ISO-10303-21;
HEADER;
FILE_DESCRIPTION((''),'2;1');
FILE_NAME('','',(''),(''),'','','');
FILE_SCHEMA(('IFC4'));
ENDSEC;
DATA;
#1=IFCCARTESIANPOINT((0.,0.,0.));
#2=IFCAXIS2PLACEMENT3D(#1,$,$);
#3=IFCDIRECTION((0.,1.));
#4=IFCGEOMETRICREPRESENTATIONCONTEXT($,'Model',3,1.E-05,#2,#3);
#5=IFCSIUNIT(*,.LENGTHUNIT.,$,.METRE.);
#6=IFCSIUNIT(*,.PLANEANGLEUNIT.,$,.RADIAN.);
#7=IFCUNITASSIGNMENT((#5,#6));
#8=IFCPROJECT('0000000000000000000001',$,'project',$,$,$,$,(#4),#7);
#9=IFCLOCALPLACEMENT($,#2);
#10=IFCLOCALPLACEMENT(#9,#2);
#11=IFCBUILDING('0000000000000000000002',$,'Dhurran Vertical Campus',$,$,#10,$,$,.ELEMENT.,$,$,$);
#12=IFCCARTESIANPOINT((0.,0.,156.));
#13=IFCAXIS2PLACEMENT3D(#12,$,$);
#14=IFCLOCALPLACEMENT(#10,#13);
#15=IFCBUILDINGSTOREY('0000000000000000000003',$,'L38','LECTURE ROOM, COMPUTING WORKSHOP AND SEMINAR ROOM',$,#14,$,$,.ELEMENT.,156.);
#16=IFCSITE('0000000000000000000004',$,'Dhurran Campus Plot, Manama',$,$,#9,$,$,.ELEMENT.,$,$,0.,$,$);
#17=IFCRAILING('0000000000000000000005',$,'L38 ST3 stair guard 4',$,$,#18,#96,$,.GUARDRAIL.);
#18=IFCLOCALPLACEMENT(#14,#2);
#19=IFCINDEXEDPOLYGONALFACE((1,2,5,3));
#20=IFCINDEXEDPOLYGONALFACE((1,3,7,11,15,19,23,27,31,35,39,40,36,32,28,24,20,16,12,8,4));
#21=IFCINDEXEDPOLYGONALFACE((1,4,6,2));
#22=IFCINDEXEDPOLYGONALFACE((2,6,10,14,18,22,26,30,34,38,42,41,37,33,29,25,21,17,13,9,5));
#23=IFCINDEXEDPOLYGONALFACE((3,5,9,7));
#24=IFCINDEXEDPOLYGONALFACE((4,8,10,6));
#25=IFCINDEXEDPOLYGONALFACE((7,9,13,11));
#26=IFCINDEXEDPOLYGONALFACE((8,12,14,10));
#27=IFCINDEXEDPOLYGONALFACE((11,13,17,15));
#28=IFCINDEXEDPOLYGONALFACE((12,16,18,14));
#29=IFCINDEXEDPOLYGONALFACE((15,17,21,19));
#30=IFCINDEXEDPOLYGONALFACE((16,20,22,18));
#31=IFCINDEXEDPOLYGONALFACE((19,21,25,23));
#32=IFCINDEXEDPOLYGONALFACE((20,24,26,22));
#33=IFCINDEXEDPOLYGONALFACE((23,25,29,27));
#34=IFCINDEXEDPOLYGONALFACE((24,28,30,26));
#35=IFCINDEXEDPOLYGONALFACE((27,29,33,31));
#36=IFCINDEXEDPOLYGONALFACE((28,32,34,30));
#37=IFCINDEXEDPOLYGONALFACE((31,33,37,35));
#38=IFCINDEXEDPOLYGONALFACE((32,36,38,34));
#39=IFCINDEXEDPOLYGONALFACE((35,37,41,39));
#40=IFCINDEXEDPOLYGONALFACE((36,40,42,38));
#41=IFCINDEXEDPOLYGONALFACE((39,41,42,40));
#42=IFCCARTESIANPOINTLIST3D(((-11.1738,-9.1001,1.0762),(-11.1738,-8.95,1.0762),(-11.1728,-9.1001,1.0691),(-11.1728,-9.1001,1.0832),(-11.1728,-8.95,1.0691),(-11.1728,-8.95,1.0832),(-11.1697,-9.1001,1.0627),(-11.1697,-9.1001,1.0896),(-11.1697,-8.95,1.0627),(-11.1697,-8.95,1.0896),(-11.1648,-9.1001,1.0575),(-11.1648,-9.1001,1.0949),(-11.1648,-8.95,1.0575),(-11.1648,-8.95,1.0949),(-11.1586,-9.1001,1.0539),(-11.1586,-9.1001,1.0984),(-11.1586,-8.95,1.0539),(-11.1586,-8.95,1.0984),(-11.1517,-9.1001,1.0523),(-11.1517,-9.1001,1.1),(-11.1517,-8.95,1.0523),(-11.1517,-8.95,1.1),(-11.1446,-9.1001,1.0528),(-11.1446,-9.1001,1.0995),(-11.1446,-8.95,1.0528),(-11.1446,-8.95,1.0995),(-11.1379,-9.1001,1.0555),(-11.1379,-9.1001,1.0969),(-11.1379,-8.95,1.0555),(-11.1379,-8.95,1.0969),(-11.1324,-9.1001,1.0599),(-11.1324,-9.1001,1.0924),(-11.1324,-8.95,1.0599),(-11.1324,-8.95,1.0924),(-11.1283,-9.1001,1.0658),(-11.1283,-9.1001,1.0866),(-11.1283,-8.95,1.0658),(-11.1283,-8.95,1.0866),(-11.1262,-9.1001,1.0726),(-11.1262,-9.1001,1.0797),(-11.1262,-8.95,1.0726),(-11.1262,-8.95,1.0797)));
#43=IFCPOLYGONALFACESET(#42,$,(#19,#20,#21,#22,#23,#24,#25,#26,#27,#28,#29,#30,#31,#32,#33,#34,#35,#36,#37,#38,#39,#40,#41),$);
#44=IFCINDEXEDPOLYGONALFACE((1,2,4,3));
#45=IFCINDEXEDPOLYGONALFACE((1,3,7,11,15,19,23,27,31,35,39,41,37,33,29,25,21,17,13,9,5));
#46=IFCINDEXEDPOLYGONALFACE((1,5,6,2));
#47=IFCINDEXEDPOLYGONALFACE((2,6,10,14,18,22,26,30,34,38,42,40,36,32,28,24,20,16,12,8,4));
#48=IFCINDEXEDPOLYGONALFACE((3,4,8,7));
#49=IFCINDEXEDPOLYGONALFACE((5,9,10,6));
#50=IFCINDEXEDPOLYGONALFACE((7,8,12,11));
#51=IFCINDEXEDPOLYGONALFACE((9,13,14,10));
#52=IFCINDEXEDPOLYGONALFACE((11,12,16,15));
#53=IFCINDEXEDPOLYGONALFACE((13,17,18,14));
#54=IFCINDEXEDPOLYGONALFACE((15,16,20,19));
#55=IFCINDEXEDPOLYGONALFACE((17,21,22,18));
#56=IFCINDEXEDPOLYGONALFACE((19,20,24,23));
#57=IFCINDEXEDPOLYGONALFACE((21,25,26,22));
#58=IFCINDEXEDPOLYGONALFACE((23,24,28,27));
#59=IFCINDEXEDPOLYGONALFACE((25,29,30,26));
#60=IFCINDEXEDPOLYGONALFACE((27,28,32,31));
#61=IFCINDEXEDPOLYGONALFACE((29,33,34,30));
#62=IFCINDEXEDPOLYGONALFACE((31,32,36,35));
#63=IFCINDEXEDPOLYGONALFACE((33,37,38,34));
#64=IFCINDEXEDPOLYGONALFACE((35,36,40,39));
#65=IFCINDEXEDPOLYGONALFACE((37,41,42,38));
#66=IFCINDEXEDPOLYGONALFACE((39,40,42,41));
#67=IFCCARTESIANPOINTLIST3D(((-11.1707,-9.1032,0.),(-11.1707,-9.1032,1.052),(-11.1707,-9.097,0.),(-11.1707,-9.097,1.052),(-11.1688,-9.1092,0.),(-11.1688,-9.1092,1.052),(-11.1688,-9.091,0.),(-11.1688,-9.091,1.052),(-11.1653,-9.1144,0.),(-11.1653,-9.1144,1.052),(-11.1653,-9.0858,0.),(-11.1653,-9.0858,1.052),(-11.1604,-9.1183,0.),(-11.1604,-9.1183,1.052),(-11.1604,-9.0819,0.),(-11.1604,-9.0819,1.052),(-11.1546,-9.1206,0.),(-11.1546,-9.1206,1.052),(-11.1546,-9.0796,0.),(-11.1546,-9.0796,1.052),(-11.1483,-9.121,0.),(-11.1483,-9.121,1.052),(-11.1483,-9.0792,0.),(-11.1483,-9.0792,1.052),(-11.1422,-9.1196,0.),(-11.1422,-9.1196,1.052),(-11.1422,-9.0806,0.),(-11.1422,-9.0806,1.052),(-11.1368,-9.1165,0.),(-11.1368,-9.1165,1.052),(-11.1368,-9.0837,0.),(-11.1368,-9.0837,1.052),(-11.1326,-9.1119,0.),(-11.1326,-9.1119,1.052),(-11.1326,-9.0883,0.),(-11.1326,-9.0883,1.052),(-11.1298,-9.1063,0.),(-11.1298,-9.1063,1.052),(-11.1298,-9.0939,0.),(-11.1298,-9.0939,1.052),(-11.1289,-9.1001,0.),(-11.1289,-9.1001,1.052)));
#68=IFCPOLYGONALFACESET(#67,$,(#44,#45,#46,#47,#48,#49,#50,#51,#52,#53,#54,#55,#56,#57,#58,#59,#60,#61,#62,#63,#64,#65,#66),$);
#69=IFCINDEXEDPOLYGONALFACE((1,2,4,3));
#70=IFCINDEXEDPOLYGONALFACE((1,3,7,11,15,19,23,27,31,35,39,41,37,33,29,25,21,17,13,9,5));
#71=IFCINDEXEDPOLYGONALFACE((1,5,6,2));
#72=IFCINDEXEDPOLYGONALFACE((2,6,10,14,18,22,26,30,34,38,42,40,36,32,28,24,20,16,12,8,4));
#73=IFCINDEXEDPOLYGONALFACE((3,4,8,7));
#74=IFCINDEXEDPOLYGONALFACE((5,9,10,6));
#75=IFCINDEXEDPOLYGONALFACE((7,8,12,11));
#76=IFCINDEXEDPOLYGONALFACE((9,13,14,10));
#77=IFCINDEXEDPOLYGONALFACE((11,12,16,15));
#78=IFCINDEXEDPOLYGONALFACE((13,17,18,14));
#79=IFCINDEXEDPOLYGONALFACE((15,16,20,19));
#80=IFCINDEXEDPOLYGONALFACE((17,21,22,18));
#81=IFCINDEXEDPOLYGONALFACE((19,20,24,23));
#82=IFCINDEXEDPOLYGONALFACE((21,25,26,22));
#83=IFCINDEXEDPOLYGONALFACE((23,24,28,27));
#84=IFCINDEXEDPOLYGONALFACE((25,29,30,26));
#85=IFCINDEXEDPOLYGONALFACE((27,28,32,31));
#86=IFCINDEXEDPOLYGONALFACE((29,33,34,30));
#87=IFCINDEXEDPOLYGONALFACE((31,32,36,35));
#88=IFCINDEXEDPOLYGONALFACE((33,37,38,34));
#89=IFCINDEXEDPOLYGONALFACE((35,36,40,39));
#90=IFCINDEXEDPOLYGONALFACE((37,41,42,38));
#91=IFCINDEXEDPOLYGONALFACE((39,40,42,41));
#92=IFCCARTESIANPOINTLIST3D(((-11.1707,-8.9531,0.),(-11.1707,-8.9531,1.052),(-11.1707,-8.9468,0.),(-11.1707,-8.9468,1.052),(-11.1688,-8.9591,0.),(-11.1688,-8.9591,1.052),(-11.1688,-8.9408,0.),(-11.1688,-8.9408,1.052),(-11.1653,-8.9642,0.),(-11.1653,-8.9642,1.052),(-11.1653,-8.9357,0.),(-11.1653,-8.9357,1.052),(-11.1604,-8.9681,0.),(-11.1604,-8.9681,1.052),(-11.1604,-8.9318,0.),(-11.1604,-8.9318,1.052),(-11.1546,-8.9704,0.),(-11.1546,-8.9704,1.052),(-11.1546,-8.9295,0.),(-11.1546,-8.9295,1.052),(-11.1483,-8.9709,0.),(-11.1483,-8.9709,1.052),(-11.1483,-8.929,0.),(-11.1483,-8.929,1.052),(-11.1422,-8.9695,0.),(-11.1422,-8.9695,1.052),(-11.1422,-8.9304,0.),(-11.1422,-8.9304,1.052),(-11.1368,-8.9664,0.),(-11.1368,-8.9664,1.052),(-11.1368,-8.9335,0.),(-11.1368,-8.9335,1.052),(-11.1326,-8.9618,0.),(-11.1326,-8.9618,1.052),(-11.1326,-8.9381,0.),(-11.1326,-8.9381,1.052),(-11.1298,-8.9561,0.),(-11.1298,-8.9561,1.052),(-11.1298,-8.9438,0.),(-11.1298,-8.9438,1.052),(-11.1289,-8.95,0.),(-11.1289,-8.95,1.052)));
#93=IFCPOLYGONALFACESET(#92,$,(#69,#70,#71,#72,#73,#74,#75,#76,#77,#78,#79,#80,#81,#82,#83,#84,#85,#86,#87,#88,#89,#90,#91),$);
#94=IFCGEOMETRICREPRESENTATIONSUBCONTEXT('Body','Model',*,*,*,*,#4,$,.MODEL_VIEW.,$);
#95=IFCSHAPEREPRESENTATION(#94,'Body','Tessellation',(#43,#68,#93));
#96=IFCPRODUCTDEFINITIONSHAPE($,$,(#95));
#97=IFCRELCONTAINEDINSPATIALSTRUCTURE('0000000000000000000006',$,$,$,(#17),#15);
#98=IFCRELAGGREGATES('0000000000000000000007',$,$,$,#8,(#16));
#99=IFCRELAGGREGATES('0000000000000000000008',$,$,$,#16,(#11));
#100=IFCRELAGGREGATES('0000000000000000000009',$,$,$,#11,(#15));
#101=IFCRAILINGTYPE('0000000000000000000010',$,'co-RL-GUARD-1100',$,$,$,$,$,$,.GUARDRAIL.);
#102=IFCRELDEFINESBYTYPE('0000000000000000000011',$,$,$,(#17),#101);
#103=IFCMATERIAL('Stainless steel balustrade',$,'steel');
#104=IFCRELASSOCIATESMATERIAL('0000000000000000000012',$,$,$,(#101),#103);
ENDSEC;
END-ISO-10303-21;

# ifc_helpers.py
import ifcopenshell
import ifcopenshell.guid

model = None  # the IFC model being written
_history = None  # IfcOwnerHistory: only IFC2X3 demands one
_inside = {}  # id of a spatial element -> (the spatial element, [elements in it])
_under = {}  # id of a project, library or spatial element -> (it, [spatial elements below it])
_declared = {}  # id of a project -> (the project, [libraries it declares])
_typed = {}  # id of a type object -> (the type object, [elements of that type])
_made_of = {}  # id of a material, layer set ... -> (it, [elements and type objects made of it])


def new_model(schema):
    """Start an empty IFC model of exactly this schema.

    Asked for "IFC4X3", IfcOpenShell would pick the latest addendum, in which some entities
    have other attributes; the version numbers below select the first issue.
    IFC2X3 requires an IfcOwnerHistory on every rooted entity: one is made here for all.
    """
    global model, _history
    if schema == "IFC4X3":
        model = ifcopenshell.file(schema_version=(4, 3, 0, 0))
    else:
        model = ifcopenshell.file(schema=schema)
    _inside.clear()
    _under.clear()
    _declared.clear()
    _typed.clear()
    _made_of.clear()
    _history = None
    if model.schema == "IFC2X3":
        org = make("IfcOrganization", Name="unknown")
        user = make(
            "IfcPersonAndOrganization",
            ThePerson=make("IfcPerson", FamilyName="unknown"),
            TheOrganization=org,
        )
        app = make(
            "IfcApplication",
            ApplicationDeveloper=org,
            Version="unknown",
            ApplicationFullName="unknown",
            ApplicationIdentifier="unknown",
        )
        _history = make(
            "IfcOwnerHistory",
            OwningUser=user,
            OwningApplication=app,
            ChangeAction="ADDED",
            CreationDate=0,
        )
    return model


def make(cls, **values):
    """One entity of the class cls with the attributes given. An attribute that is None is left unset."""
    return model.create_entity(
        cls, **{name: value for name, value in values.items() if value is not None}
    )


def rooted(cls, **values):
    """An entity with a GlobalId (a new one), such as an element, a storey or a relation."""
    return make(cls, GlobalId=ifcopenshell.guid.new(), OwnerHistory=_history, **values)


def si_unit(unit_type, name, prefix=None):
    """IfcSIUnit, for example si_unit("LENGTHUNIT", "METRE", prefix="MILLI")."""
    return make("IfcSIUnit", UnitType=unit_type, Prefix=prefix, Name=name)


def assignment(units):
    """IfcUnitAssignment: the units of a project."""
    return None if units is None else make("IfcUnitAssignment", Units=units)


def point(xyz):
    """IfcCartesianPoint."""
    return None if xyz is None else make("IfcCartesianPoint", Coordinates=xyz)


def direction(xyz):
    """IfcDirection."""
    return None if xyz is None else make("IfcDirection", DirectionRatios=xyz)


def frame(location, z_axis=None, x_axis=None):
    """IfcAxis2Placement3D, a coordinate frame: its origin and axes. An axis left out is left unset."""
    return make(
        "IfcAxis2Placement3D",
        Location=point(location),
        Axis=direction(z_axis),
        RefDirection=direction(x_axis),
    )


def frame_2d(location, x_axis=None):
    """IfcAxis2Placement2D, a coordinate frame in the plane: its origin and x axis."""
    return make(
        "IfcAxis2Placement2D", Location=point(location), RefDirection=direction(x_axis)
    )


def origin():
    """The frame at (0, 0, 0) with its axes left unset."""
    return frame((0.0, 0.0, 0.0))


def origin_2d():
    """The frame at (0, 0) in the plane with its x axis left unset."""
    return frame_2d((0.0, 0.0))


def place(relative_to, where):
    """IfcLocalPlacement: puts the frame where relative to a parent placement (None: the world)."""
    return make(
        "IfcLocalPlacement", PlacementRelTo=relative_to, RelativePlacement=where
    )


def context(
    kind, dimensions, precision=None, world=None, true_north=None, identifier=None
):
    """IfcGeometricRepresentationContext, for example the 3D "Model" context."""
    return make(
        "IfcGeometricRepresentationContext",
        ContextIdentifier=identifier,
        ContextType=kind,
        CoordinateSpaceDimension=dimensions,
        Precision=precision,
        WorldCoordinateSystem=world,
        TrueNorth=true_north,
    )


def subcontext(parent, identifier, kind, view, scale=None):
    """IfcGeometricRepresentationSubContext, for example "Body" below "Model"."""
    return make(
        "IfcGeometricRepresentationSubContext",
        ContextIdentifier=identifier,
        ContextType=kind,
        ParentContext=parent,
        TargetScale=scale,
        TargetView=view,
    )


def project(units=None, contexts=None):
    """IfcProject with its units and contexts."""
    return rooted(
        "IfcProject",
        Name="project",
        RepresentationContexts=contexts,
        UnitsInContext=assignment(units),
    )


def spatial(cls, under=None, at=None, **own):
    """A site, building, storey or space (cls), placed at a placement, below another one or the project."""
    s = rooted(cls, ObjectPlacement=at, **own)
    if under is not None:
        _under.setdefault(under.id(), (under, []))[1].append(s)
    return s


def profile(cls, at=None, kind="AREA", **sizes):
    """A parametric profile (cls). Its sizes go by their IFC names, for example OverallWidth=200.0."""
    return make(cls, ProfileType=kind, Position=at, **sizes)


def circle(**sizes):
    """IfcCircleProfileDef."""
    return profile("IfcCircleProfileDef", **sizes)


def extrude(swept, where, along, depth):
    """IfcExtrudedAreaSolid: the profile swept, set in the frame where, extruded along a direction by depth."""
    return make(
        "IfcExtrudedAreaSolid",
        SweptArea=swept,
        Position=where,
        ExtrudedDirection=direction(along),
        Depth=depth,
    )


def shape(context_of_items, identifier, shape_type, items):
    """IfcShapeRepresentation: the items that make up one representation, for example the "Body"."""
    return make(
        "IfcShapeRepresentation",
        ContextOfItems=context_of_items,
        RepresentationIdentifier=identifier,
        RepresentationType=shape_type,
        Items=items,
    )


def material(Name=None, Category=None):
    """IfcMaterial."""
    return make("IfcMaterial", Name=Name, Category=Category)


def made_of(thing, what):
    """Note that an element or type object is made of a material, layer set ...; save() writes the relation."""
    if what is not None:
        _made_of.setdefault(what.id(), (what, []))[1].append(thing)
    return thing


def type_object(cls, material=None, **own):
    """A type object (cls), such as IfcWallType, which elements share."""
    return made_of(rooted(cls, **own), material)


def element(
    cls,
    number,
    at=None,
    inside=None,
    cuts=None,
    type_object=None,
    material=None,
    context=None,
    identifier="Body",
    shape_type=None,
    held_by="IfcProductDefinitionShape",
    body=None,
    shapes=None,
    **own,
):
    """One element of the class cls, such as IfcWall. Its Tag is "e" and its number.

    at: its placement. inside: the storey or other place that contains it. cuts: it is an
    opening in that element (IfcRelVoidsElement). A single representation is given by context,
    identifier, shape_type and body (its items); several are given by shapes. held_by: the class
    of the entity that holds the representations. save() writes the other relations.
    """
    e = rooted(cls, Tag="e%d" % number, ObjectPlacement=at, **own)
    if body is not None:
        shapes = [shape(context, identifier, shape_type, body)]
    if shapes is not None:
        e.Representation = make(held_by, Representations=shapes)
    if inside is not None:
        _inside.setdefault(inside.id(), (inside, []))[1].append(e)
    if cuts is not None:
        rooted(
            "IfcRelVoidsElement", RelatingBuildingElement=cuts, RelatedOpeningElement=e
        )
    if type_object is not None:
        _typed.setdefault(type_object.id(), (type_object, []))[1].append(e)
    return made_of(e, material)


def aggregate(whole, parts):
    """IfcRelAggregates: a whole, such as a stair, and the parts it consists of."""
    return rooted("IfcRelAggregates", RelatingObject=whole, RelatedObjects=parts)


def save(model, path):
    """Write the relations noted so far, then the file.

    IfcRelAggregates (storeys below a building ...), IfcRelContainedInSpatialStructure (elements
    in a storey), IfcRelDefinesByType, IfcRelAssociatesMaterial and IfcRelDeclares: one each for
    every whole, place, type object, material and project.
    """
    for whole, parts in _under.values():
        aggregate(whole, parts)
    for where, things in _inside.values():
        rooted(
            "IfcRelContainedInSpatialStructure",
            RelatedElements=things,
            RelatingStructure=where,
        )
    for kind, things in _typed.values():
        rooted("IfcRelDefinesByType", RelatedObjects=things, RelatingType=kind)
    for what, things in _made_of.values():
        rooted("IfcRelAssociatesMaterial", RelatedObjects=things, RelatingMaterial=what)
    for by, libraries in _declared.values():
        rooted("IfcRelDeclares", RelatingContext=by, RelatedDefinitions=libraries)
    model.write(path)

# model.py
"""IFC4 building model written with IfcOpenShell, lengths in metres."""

from ifc_helpers import new_model, si_unit, direction, frame, origin, origin_2d, place, context, subcontext, project, spatial, circle, extrude, material, type_object, element, save


model = new_model("IFC4")

# Units and contexts
model_context = context("Model", 3, precision=1e-05, world=origin(), true_north=direction((0.0, 1.0)))
body_context = subcontext(model_context, "Body", "Model", "MODEL_VIEW")
ifc_project = project(units=[si_unit("LENGTHUNIT", "METRE"), si_unit("PLANEANGLEUNIT", "RADIAN")], contexts=[model_context])

# Site, building, storey
site_placement = place(None, origin())
site = spatial("IfcSite", under=ifc_project, at=site_placement, Name="Dhurran Campus Plot, Manama", CompositionType="ELEMENT", RefElevation=0.0)
building_placement = place(site_placement, origin())
building = spatial("IfcBuilding", under=site, at=building_placement, Name="Dhurran Vertical Campus", CompositionType="ELEMENT")
storey_placement = place(building_placement, frame((0.0, 0.0, 156.0)))
storey = spatial("IfcBuildingStorey", under=building, at=storey_placement, Name="L38", Description="LECTURE ROOM, COMPUTING WORKSHOP AND SEMINAR ROOM", CompositionType="ELEMENT", Elevation=156.0)

# Railing
ifc_material_1 = material(Name="Stainless steel balustrade", Category="steel")
railing_type_1 = type_object("IfcRailingType", Name="co-RL-GUARD-1100", PredefinedType="GUARDRAIL", material=ifc_material_1)
railing_1_placement = place(storey_placement, frame((-11.1499, -9.1001, 0.0)))
element("IfcRailing", 1, at=railing_1_placement, inside=storey, type_object=railing_type_1, Name="L38 ST3 stair guard 4", PredefinedType="GUARDRAIL", context=body_context, shape_type="SweptSolid", body=[
    extrude(circle(Radius=0.0239, at=origin_2d()), frame((0.0, 0.0, 1.0762), z_axis=(0.0, 1.0, 0.0), x_axis=(-1.0, 0.0, 0.0)), (0.0, 0.0, 1.0), 0.1501),
    extrude(circle(Radius=0.021, at=origin_2d()), origin(), (0.0, 0.0, 1.0), 1.052),
    extrude(circle(Radius=0.021, at=origin_2d()), frame((0.0, 0.1501, 0.0)), (0.0, 0.0, 1.0), 1.052),
])

save(model, "model.ifc")
